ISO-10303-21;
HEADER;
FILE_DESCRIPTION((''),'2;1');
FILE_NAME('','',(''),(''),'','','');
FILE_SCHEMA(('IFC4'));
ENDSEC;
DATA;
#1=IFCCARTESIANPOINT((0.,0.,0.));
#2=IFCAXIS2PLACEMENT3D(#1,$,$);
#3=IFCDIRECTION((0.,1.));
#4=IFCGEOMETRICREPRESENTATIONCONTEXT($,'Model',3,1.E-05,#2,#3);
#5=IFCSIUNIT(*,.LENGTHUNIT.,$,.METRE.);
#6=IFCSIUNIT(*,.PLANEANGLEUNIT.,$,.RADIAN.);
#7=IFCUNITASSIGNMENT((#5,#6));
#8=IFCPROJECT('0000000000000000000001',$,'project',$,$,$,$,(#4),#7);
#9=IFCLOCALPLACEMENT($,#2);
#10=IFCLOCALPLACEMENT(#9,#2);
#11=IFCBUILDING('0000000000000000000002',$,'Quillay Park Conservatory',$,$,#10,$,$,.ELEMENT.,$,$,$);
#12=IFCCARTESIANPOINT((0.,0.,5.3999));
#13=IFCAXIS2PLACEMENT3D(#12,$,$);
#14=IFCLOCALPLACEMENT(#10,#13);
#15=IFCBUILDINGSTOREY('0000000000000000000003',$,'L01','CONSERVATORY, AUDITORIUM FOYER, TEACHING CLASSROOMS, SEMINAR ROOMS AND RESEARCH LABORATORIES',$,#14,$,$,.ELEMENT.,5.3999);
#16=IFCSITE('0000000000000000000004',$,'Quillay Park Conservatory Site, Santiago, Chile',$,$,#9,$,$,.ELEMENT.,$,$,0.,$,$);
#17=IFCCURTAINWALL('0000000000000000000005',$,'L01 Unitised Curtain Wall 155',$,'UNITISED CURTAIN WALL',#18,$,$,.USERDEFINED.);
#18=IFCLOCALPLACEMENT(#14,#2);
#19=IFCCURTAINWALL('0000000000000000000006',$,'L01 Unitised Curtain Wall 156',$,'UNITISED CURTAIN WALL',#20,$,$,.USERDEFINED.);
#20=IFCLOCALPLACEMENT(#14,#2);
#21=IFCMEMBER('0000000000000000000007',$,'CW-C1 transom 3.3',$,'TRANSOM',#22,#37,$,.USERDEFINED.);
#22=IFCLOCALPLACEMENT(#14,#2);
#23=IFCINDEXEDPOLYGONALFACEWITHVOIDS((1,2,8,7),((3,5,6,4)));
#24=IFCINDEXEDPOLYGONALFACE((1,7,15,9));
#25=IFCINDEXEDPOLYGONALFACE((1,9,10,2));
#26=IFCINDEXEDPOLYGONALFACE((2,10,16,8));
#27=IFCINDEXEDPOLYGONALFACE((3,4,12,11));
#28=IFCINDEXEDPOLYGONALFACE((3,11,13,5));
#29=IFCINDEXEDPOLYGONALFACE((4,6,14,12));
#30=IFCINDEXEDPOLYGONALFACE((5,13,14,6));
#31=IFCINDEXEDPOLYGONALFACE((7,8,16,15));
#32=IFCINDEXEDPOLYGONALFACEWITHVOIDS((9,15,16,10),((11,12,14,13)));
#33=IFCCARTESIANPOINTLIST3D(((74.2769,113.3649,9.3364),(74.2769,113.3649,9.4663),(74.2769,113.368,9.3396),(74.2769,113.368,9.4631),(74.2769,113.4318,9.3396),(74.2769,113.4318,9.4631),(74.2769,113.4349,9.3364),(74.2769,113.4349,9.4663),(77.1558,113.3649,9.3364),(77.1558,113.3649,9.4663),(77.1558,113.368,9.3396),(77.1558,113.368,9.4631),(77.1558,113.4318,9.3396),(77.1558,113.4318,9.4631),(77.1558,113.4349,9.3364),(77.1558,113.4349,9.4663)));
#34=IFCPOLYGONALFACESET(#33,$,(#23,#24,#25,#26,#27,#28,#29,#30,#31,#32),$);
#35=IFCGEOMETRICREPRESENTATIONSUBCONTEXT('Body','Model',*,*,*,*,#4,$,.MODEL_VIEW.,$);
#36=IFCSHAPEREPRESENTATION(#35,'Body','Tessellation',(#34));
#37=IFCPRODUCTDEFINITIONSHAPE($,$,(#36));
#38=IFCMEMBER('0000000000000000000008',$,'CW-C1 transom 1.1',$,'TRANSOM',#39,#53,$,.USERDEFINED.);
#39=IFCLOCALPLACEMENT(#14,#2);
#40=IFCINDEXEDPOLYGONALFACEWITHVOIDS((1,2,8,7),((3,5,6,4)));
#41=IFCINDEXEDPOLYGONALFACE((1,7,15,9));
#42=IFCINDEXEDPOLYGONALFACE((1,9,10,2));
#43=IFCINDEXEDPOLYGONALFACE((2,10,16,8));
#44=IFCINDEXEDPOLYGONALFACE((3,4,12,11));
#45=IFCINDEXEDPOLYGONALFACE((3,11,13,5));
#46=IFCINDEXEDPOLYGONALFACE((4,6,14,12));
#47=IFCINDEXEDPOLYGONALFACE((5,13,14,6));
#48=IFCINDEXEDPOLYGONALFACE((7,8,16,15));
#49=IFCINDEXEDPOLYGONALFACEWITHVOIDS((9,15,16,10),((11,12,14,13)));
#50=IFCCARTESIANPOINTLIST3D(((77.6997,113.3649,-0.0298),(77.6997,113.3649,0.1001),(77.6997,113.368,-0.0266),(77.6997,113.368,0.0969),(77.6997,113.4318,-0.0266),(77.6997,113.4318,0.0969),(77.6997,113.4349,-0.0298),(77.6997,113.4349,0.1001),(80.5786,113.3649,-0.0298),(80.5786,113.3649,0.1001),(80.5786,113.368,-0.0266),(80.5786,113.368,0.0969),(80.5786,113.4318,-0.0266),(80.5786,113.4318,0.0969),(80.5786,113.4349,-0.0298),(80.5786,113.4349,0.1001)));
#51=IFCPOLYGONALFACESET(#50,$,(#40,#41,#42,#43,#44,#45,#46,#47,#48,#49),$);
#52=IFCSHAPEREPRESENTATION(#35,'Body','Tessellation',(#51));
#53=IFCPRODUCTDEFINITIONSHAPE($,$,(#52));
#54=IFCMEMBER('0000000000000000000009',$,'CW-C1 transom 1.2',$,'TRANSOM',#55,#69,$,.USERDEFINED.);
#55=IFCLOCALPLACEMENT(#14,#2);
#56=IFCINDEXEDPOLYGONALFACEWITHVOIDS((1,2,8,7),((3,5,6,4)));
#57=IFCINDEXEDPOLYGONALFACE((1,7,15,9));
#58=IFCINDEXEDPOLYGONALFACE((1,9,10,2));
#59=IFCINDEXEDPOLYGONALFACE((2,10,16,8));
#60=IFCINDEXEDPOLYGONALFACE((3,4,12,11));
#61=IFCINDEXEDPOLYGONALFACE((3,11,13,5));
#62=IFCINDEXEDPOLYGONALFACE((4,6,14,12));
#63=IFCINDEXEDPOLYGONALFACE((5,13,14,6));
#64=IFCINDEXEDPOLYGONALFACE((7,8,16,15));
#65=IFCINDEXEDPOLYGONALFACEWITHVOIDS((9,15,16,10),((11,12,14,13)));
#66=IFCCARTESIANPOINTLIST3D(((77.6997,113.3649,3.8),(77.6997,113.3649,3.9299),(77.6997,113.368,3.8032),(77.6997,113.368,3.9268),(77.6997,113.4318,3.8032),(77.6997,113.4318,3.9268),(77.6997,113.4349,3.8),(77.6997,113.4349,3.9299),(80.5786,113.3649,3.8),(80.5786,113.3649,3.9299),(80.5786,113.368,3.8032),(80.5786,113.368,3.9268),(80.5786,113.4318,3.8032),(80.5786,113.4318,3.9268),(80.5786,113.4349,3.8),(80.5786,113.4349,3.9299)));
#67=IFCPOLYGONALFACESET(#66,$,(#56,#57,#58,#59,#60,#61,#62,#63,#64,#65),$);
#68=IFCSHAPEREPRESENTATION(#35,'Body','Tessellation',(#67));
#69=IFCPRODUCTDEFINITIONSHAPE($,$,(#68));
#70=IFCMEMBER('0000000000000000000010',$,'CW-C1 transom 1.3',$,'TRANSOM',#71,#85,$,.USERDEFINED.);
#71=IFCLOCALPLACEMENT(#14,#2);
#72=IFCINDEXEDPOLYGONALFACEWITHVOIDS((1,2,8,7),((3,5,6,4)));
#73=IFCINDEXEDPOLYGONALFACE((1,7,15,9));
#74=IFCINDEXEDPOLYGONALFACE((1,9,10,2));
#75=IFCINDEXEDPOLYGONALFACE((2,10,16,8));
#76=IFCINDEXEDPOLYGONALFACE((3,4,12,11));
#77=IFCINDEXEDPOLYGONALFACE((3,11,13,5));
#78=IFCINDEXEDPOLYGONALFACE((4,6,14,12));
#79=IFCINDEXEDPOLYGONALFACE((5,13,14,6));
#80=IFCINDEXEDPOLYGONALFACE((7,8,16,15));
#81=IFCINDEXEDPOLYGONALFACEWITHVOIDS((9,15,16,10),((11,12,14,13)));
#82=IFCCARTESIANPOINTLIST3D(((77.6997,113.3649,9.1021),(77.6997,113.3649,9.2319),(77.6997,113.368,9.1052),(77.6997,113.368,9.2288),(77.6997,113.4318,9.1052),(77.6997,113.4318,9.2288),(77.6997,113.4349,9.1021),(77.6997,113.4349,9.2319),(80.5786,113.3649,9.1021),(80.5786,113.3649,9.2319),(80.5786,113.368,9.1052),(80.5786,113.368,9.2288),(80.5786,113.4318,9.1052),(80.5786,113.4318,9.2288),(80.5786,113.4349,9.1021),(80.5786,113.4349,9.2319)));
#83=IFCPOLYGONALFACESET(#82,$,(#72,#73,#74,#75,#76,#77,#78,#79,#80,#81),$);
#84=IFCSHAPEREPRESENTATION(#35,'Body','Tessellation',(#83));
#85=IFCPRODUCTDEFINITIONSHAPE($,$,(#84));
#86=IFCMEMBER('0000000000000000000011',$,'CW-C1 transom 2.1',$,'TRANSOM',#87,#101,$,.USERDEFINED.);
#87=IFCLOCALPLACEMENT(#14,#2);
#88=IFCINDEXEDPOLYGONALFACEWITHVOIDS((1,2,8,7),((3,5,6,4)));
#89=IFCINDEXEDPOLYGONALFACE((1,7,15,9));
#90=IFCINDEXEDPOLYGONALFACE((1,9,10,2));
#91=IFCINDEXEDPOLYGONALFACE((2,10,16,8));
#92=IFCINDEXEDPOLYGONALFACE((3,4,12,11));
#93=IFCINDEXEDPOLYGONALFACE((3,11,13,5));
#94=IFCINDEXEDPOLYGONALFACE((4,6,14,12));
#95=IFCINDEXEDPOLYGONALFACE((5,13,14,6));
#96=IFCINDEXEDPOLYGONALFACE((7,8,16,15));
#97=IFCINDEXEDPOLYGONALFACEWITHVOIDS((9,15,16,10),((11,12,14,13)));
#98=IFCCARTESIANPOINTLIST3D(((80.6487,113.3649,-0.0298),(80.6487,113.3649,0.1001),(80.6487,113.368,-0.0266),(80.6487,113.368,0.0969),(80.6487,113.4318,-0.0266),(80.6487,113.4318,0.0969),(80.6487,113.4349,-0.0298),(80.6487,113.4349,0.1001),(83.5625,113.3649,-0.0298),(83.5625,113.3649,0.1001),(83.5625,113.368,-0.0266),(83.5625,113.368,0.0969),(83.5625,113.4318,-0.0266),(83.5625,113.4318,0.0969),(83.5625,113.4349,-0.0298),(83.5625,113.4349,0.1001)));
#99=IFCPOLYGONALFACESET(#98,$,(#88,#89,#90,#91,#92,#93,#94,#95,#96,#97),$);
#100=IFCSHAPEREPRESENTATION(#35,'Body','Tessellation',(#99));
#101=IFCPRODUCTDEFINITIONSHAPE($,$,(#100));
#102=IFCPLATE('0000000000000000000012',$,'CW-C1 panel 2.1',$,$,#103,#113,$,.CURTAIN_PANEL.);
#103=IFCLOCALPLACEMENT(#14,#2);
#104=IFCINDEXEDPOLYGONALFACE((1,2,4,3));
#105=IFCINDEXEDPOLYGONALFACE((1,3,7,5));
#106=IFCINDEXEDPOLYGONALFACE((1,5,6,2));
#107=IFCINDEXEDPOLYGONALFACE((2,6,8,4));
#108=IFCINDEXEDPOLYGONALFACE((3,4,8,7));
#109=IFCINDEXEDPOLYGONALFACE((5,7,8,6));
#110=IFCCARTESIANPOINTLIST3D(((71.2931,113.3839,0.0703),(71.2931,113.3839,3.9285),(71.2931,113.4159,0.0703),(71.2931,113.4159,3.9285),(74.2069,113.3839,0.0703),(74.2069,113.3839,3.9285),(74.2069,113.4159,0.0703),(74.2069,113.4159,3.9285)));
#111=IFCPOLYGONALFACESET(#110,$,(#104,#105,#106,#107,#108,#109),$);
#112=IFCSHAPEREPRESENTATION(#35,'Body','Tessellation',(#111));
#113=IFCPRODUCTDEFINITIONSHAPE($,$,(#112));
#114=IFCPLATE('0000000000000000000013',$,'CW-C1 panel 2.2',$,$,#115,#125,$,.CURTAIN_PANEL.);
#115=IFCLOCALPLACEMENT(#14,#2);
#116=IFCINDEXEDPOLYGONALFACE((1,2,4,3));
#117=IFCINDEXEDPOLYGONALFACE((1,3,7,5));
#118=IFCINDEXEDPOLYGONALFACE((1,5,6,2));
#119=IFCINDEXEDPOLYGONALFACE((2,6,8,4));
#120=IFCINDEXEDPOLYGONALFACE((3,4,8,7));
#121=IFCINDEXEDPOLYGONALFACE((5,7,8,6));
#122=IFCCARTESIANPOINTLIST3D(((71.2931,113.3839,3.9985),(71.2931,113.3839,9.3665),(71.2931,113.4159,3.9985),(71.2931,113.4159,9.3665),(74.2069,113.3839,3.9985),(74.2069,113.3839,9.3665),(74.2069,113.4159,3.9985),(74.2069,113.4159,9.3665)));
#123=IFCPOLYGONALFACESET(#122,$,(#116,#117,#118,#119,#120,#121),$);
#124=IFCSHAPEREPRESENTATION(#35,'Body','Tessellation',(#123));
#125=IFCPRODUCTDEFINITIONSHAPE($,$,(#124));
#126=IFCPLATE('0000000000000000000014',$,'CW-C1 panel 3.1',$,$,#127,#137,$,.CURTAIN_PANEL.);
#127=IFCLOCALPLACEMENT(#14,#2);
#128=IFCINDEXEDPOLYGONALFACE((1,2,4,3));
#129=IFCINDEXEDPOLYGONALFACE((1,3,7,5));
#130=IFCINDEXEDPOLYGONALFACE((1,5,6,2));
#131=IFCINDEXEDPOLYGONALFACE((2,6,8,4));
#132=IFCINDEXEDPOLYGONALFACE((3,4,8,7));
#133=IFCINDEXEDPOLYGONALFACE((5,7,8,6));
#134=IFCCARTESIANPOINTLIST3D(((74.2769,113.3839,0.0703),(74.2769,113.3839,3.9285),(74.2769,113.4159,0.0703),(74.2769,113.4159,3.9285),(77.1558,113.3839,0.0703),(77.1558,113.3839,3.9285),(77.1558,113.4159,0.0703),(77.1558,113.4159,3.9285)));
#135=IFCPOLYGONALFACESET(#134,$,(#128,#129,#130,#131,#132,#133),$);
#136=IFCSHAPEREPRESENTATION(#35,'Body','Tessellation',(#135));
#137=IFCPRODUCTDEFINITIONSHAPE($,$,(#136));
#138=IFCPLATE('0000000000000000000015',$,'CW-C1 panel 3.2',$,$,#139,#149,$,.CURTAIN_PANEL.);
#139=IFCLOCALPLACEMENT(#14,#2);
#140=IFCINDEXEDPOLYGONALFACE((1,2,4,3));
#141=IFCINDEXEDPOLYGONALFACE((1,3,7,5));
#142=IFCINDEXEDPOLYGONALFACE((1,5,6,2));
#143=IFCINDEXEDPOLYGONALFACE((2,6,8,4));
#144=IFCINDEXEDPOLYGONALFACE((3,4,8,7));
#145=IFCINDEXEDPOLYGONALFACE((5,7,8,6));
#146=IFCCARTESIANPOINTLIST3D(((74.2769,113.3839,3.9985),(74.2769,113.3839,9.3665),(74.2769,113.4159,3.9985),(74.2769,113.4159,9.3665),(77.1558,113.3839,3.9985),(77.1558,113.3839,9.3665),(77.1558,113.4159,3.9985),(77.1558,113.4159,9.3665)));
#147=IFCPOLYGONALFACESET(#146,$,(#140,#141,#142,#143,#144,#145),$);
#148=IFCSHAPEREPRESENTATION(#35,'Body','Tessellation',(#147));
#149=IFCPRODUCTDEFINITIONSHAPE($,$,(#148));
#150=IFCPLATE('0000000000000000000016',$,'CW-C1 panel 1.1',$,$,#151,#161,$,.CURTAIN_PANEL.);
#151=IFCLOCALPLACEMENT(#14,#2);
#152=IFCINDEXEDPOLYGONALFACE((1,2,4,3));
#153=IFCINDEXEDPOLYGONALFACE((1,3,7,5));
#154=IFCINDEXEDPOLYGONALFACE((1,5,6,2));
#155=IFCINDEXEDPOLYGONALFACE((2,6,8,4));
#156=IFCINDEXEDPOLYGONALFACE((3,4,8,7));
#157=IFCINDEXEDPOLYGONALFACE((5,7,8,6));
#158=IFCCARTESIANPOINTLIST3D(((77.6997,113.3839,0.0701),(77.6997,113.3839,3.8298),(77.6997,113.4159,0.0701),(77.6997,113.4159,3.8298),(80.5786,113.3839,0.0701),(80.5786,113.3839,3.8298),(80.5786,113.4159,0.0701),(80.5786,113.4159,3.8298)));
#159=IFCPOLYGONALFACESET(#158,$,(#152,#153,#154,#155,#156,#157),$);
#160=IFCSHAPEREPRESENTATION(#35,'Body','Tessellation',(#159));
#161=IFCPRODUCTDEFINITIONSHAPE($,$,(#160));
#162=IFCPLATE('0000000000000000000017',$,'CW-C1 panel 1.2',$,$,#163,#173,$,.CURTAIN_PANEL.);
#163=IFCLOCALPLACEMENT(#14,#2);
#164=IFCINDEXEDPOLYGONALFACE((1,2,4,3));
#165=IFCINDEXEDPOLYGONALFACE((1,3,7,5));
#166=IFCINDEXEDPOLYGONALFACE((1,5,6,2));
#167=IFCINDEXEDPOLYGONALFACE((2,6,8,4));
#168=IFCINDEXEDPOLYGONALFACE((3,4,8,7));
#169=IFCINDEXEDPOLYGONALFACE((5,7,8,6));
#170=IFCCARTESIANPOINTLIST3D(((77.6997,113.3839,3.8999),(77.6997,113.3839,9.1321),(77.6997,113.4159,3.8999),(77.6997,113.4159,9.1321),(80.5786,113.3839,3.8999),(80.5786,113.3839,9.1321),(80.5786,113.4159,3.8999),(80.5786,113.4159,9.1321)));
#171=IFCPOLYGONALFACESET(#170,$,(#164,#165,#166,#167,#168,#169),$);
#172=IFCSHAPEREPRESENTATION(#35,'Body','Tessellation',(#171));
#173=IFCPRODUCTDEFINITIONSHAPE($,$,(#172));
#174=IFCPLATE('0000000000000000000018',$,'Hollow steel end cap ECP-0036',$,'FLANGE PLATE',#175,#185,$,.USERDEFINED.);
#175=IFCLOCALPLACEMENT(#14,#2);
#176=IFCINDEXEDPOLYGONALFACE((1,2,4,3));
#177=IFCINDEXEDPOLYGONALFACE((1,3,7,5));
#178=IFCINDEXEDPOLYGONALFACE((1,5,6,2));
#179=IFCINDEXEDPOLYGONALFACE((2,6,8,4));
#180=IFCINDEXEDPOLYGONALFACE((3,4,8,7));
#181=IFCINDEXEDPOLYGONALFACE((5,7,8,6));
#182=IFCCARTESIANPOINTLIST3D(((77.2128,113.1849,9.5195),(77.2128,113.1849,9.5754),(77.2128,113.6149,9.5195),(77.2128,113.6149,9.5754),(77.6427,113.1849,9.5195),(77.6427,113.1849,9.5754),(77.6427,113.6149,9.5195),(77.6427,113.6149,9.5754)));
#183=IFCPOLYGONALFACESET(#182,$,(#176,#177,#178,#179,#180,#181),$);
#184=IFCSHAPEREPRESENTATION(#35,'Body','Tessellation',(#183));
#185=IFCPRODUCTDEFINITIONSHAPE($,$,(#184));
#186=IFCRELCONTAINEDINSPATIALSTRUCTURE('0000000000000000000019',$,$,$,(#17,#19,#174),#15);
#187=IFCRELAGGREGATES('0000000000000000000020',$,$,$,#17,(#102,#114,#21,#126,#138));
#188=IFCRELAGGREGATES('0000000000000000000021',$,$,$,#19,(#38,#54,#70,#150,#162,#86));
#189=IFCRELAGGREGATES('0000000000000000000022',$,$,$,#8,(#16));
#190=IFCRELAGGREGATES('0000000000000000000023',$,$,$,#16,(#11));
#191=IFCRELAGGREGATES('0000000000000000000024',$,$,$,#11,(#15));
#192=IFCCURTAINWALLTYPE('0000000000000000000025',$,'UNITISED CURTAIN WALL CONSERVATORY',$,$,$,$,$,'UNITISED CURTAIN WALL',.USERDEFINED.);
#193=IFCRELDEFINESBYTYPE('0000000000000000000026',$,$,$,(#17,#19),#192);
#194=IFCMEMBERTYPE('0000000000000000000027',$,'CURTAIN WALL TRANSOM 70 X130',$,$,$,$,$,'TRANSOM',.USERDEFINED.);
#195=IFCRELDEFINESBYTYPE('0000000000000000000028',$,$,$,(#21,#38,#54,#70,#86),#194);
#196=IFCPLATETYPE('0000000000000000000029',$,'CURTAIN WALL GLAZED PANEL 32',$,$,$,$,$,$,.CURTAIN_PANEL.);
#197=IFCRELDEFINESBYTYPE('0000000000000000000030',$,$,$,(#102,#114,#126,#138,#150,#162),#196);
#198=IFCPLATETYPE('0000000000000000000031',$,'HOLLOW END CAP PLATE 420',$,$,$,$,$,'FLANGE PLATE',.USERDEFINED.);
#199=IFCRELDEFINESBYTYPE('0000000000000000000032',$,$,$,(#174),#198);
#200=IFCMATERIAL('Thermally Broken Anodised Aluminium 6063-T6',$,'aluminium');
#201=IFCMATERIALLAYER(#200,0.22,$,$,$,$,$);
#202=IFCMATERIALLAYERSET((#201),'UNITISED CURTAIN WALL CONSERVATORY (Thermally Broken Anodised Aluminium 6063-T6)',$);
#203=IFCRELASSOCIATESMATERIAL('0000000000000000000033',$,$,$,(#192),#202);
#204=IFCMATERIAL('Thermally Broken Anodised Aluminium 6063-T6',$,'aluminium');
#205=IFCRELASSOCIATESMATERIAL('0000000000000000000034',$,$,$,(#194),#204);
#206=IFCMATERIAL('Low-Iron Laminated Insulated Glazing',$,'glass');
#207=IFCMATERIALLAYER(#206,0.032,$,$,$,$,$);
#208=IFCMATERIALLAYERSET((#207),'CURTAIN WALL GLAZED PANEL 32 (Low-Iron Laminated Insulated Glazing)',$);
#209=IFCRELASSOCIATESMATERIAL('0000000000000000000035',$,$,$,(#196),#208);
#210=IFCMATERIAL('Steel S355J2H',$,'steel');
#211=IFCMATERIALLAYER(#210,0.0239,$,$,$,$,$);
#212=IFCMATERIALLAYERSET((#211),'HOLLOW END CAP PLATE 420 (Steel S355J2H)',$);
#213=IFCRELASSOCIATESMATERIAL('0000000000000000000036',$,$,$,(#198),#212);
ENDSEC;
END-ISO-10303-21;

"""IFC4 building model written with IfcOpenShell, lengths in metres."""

from ifc_helpers import new_model, si_unit, direction, frame, origin, origin_2d, place, context, subcontext, project, spatial, rectangle, hollow_rectangle, extrude, material, layer, layer_set, material_profile, profile_set, type_object, element, aggregate, save


model = new_model("IFC4")

# Units and contexts
model_context = context("Model", 3, precision=1e-05, world=origin(), true_north=direction((0.0, 1.0)))
body_context = subcontext(model_context, "Body", "Model", "MODEL_VIEW")
ifc_project = project(units=[si_unit("LENGTHUNIT", "METRE"), si_unit("PLANEANGLEUNIT", "RADIAN")], contexts=[model_context])

# Site, building, storey
site_placement = place(None, origin())
site = spatial("IfcSite", under=ifc_project, at=site_placement, Name="Quillay Park Conservatory Site, Santiago, Chile", CompositionType="ELEMENT", RefElevation=0.0)
building_placement = place(site_placement, origin())
building = spatial("IfcBuilding", under=site, at=building_placement, Name="Quillay Park Conservatory", CompositionType="ELEMENT")
storey_placement = place(building_placement, frame((0.0, 0.0, 5.3999)))
storey = spatial("IfcBuildingStorey", under=building, at=storey_placement, Name="L01", Description="CONSERVATORY, AUDITORIUM FOYER, TEACHING CLASSROOMS, SEMINAR ROOMS AND RESEARCH LABORATORIES", CompositionType="ELEMENT", Elevation=5.3999)

# Curtain walls
ifc_material_1 = material(Name="Thermally Broken Anodised Aluminium 6063-T6", Category="aluminium")
ifc_layer_1 = layer(ifc_material_1, 0.22)
ifc_layer_set_1 = layer_set([ifc_layer_1], Name="UNITISED CURTAIN WALL CONSERVATORY (Thermally Broken Anodised Aluminium 6063-T6)")
curtain_wall_type = type_object("IfcCurtainWallType", Name="UNITISED CURTAIN WALL CONSERVATORY", ElementType="UNITISED CURTAIN WALL", PredefinedType="USERDEFINED", material=ifc_layer_set_1)
curtain_wall_1_placement = place(storey_placement, origin())
curtain_wall_1 = element("IfcCurtainWall", 1, at=curtain_wall_1_placement, inside=storey, type_object=curtain_wall_type, Name="L01 Unitised Curtain Wall 155", ObjectType="UNITISED CURTAIN WALL", PredefinedType="USERDEFINED")
curtain_wall_2_placement = place(storey_placement, origin())
curtain_wall_2 = element("IfcCurtainWall", 2, at=curtain_wall_2_placement, inside=storey, type_object=curtain_wall_type, Name="L01 Unitised Curtain Wall 156", ObjectType="UNITISED CURTAIN WALL", PredefinedType="USERDEFINED")

# Members
ifc_material_2 = material(Name="Thermally Broken Anodised Aluminium 6063-T6", Category="aluminium")
ifc_material_profile_1 = material_profile(ifc_material_2, hollow_rectangle(XDim=0.0701, YDim=0.1299, WallThickness=0.0032, at=origin_2d()), Name="AL70x130x3.2")
ifc_profile_set_1 = profile_set([ifc_material_profile_1], Name="Thermally Broken Anodised Aluminium 6063-T6")
member_type_1 = type_object("IfcMemberType", Name="CURTAIN WALL TRANSOM 70 X130", ElementType="TRANSOM", PredefinedType="USERDEFINED", material=ifc_profile_set_1)
member_1_placement = place(storey_placement, frame((74.2769, 113.3999, 9.4014), z_axis=(1.0, 0.0, 0.0), x_axis=(0.0, 1.0, 0.0)))
member_1 = element("IfcMember", 3, at=member_1_placement, type_object=member_type_1, Name="CW-C1 transom 3.3", ObjectType="TRANSOM", PredefinedType="USERDEFINED", context=body_context, shape_type="SweptSolid", body=[
    extrude(hollow_rectangle(XDim=0.0701, YDim=0.1299, WallThickness=0.0032, at=origin_2d()), origin(), (0.0, 0.0, 1.0), 2.8789),
])
member_2_placement = place(storey_placement, frame((77.6997, 113.3999, 0.0352), z_axis=(1.0, 0.0, 0.0), x_axis=(0.0, 1.0, 0.0)))
member_2 = element("IfcMember", 4, at=member_2_placement, type_object=member_type_1, Name="CW-C1 transom 1.1", ObjectType="TRANSOM", PredefinedType="USERDEFINED", context=body_context, shape_type="SweptSolid", body=[
    extrude(hollow_rectangle(XDim=0.0701, YDim=0.1299, WallThickness=0.0032, at=origin_2d()), origin(), (0.0, 0.0, 1.0), 2.8789),
])
member_3_placement = place(storey_placement, frame((77.6997, 113.3999, 3.865), z_axis=(1.0, 0.0, 0.0), x_axis=(0.0, 1.0, 0.0)))
member_3 = element("IfcMember", 5, at=member_3_placement, type_object=member_type_1, Name="CW-C1 transom 1.2", ObjectType="TRANSOM", PredefinedType="USERDEFINED", context=body_context, shape_type="SweptSolid", body=[
    extrude(hollow_rectangle(XDim=0.0701, YDim=0.1299, WallThickness=0.0032, at=origin_2d()), origin(), (0.0, 0.0, 1.0), 2.8789),
])
member_4_placement = place(storey_placement, frame((77.6997, 113.3999, 9.167), z_axis=(1.0, 0.0, 0.0), x_axis=(0.0, 1.0, 0.0)))
member_4 = element("IfcMember", 6, at=member_4_placement, type_object=member_type_1, Name="CW-C1 transom 1.3", ObjectType="TRANSOM", PredefinedType="USERDEFINED", context=body_context, shape_type="SweptSolid", body=[
    extrude(hollow_rectangle(XDim=0.0701, YDim=0.1299, WallThickness=0.0032, at=origin_2d()), origin(), (0.0, 0.0, 1.0), 2.8789),
])
member_5_placement = place(storey_placement, frame((80.6487, 113.3999, 0.0352), z_axis=(1.0, 0.0, 0.0), x_axis=(0.0, 1.0, 0.0)))
member_5 = element("IfcMember", 7, at=member_5_placement, type_object=member_type_1, Name="CW-C1 transom 2.1", ObjectType="TRANSOM", PredefinedType="USERDEFINED", context=body_context, shape_type="SweptSolid", body=[
    extrude(hollow_rectangle(XDim=0.0701, YDim=0.1299, WallThickness=0.0032, at=origin_2d()), origin(), (0.0, 0.0, 1.0), 2.9138),
])

# Plates
ifc_material_3 = material(Name="Low-Iron Laminated Insulated Glazing", Category="glass")
ifc_layer_2 = layer(ifc_material_3, 0.032)
ifc_layer_set_2 = layer_set([ifc_layer_2], Name="CURTAIN WALL GLAZED PANEL 32 (Low-Iron Laminated Insulated Glazing)")
plate_type_1 = type_object("IfcPlateType", Name="CURTAIN WALL GLAZED PANEL 32", PredefinedType="CURTAIN_PANEL", material=ifc_layer_set_2)
plate_1_placement = place(storey_placement, frame((72.75, 113.3999, 0.0703), z_axis=(0.0, 0.0, 1.0), x_axis=(1.0, 0.0, 0.0)))
plate_1 = element("IfcPlate", 8, at=plate_1_placement, type_object=plate_type_1, Name="CW-C1 panel 2.1", PredefinedType="CURTAIN_PANEL", context=body_context, shape_type="SweptSolid", body=[
    extrude(rectangle(XDim=2.9138, YDim=0.032, at=origin_2d()), origin(), (0.0, 0.0, 1.0), 3.8582),
])
plate_2_placement = place(storey_placement, frame((72.75, 113.3999, 3.9985), z_axis=(0.0, 0.0, 1.0), x_axis=(1.0, 0.0, 0.0)))
plate_2 = element("IfcPlate", 9, at=plate_2_placement, type_object=plate_type_1, Name="CW-C1 panel 2.2", PredefinedType="CURTAIN_PANEL", context=body_context, shape_type="SweptSolid", body=[
    extrude(rectangle(XDim=2.9138, YDim=0.032, at=origin_2d()), origin(), (0.0, 0.0, 1.0), 5.3679),
])
plate_3_placement = place(storey_placement, frame((75.7163, 113.3999, 0.0703), z_axis=(0.0, 0.0, 1.0), x_axis=(1.0, 0.0, 0.0)))
plate_3 = element("IfcPlate", 10, at=plate_3_placement, type_object=plate_type_1, Name="CW-C1 panel 3.1", PredefinedType="CURTAIN_PANEL", context=body_context, shape_type="SweptSolid", body=[
    extrude(rectangle(XDim=2.8789, YDim=0.032, at=origin_2d()), origin(), (0.0, 0.0, 1.0), 3.8582),
])
plate_4_placement = place(storey_placement, frame((75.7163, 113.3999, 3.9985), z_axis=(0.0, 0.0, 1.0), x_axis=(1.0, 0.0, 0.0)))
plate_4 = element("IfcPlate", 11, at=plate_4_placement, type_object=plate_type_1, Name="CW-C1 panel 3.2", PredefinedType="CURTAIN_PANEL", context=body_context, shape_type="SweptSolid", body=[
    extrude(rectangle(XDim=2.8789, YDim=0.032, at=origin_2d()), origin(), (0.0, 0.0, 1.0), 5.3679),
])
aggregate(curtain_wall_1, [plate_1, plate_2, member_1, plate_3, plate_4])
plate_5_placement = place(storey_placement, frame((79.1392, 113.3999, 0.0701), z_axis=(0.0, 0.0, 1.0), x_axis=(1.0, 0.0, 0.0)))
plate_5 = element("IfcPlate", 12, at=plate_5_placement, type_object=plate_type_1, Name="CW-C1 panel 1.1", PredefinedType="CURTAIN_PANEL", context=body_context, shape_type="SweptSolid", body=[
    extrude(rectangle(XDim=2.8789, YDim=0.032, at=origin_2d()), origin(), (0.0, 0.0, 1.0), 3.7598),
])
plate_6_placement = place(storey_placement, frame((79.1392, 113.3999, 3.8999), z_axis=(0.0, 0.0, 1.0), x_axis=(1.0, 0.0, 0.0)))
plate_6 = element("IfcPlate", 13, at=plate_6_placement, type_object=plate_type_1, Name="CW-C1 panel 1.2", PredefinedType="CURTAIN_PANEL", context=body_context, shape_type="SweptSolid", body=[
    extrude(rectangle(XDim=2.8789, YDim=0.032, at=origin_2d()), origin(), (0.0, 0.0, 1.0), 5.2322),
])
aggregate(curtain_wall_2, [member_2, member_3, member_4, plate_5, plate_6, member_5])
ifc_material_4 = material(Name="Steel S355J2H", Category="steel")
ifc_layer_3 = layer(ifc_material_4, 0.0239)
ifc_layer_set_3 = layer_set([ifc_layer_3], Name="HOLLOW END CAP PLATE 420 (Steel S355J2H)")
plate_type_2 = type_object("IfcPlateType", Name="HOLLOW END CAP PLATE 420", ElementType="FLANGE PLATE", PredefinedType="USERDEFINED", material=ifc_layer_set_3)
plate_7_placement = place(storey_placement, frame((77.4277, 113.3999, 9.5195), z_axis=(0.0, 0.0, 1.0), x_axis=(1.0, 0.0, 0.0)))
element("IfcPlate", 14, at=plate_7_placement, inside=storey, type_object=plate_type_2, Name="Hollow steel end cap ECP-0036", ObjectType="FLANGE PLATE", PredefinedType="USERDEFINED", context=body_context, shape_type="SweptSolid", body=[
    extrude(rectangle(XDim=0.4299, YDim=0.4299, at=origin_2d()), origin(), (0.0, 0.0, 1.0), 0.0559),
])

save(model, "model.ifc")
